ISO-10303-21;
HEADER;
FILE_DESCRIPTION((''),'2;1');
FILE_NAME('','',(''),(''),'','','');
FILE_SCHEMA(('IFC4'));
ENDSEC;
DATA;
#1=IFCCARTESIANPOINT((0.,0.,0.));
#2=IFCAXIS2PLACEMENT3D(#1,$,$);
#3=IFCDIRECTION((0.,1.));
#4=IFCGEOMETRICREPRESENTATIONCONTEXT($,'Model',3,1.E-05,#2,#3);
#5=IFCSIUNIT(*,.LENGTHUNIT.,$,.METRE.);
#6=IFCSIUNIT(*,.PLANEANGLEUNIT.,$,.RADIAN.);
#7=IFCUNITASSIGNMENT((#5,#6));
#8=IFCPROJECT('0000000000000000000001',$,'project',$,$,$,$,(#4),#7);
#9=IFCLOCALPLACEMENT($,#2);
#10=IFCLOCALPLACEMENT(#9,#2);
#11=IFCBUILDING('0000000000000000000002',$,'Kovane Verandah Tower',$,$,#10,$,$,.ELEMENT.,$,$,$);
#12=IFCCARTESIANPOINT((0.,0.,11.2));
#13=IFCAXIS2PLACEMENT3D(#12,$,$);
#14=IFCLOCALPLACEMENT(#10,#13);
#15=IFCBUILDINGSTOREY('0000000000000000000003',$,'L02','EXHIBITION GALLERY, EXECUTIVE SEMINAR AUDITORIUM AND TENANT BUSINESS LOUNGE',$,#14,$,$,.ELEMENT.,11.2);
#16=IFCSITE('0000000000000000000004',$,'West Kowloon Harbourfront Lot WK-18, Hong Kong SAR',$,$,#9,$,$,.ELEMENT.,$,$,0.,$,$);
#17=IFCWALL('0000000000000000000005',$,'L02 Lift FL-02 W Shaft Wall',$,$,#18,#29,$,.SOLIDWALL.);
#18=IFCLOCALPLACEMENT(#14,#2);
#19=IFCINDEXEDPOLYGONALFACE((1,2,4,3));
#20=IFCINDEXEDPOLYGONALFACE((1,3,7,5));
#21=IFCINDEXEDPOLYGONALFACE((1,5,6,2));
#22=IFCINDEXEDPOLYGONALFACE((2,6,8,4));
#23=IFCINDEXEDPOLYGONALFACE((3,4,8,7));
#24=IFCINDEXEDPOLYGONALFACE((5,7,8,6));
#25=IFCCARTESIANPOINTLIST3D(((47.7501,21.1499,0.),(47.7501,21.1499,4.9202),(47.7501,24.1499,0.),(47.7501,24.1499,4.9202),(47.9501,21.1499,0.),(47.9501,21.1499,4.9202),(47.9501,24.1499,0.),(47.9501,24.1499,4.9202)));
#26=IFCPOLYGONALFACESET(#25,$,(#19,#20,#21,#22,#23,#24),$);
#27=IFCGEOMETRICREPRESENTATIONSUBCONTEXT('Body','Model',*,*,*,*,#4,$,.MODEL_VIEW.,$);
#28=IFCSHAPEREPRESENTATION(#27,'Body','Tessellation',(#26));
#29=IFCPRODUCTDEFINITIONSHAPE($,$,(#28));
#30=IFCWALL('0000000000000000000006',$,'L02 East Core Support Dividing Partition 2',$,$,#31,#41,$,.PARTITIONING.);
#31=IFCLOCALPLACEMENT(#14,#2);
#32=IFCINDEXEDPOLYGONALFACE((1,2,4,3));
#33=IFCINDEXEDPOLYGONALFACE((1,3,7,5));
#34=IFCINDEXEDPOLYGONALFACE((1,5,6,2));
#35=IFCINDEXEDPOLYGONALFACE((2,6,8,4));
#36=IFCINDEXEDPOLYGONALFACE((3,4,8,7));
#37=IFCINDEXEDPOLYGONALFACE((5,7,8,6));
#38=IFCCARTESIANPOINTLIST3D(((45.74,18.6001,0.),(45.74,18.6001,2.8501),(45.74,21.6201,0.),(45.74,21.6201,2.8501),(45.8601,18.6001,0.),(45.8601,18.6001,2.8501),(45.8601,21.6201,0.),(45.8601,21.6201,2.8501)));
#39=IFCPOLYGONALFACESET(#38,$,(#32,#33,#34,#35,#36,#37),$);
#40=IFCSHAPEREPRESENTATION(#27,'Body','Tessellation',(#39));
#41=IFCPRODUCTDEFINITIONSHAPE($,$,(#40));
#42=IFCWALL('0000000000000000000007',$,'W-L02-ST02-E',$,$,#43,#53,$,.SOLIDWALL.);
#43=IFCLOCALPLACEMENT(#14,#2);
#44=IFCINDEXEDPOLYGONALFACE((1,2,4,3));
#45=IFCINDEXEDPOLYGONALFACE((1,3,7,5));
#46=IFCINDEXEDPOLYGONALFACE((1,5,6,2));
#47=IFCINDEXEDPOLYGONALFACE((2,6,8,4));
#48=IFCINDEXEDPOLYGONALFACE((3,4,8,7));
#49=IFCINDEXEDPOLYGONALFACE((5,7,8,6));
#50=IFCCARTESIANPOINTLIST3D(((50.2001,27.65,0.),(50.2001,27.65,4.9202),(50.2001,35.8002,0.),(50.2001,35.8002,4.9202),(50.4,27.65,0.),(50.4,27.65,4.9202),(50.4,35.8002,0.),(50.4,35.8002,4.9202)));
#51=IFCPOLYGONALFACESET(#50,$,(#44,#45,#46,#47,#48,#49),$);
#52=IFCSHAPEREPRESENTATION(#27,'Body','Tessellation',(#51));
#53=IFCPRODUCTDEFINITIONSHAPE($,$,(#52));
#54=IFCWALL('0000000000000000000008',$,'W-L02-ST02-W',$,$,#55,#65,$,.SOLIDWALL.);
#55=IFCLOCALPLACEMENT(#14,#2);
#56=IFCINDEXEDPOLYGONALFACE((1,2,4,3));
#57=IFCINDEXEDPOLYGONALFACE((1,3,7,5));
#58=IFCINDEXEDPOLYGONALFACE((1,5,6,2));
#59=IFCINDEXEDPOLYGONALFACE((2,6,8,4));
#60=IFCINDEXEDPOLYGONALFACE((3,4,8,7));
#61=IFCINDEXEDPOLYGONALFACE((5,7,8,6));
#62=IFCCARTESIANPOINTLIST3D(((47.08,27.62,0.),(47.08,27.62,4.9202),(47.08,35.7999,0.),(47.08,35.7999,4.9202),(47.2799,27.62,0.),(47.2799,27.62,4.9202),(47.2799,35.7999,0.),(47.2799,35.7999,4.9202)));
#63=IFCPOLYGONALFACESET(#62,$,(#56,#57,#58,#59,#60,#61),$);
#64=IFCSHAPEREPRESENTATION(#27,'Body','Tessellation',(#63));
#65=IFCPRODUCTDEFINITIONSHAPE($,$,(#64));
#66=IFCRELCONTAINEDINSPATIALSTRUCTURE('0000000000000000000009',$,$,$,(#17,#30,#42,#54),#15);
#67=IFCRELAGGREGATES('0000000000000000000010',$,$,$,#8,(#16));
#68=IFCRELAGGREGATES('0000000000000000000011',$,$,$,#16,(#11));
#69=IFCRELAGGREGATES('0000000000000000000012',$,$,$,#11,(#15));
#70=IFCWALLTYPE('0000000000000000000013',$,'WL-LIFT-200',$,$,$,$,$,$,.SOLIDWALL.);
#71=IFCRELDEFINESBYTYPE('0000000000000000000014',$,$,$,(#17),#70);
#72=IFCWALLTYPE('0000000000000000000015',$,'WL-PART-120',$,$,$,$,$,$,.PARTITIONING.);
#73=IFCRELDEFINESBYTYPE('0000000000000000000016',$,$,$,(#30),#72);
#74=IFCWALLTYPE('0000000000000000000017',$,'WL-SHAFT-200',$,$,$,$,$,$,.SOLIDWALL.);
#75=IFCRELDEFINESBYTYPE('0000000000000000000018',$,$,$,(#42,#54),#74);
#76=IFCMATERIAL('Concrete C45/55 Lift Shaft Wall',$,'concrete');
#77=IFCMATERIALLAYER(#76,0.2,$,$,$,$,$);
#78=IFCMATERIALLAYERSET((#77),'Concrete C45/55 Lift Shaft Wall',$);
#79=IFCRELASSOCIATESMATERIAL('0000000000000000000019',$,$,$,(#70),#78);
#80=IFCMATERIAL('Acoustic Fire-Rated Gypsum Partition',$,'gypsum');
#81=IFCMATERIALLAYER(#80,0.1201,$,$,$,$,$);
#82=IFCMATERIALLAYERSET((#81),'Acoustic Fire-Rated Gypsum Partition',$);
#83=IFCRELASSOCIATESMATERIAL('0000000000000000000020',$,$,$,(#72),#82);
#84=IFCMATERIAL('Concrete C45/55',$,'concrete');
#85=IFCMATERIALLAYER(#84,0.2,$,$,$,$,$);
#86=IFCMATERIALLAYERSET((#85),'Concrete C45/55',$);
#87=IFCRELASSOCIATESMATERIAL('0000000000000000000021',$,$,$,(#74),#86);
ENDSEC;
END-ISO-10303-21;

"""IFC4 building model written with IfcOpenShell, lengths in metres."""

from ifc_helpers import new_model, si_unit, direction, frame, frame_2d, origin, place, context, subcontext, project, spatial, rectangle, extrude, material, layer, layer_set, type_object, element, save


model = new_model("IFC4")

# Units and contexts
model_context = context("Model", 3, precision=1e-05, world=origin(), true_north=direction((0.0, 1.0)))
body_context = subcontext(model_context, "Body", "Model", "MODEL_VIEW")
ifc_project = project(units=[si_unit("LENGTHUNIT", "METRE"), si_unit("PLANEANGLEUNIT", "RADIAN")], contexts=[model_context])

# Site, building, storey
site_placement = place(None, origin())
site = spatial("IfcSite", under=ifc_project, at=site_placement, Name="West Kowloon Harbourfront Lot WK-18, Hong Kong SAR", CompositionType="ELEMENT", RefElevation=0.0)
building_placement = place(site_placement, origin())
building = spatial("IfcBuilding", under=site, at=building_placement, Name="Kovane Verandah Tower", CompositionType="ELEMENT")
storey_placement = place(building_placement, frame((0.0, 0.0, 11.2)))
storey = spatial("IfcBuildingStorey", under=building, at=storey_placement, Name="L02", Description="EXHIBITION GALLERY, EXECUTIVE SEMINAR AUDITORIUM AND TENANT BUSINESS LOUNGE", CompositionType="ELEMENT", Elevation=11.2)

# Shared definitions
ifc_material_1 = material(Name="Concrete C45/55 Lift Shaft Wall", Category="concrete")
ifc_layer_1 = layer(ifc_material_1, 0.2)
ifc_layer_set_1 = layer_set([ifc_layer_1], Name="Concrete C45/55 Lift Shaft Wall")
wall_type_1 = type_object("IfcWallType", Name="WL-LIFT-200", PredefinedType="SOLIDWALL", material=ifc_layer_set_1)

# Walls
wall_1_placement = place(storey_placement, frame((47.8501, 24.1499, 0.0), z_axis=(0.0, 0.0, 1.0), x_axis=(0.0, -1.0, 0.0)))
element("IfcWall", 1, at=wall_1_placement, inside=storey, type_object=wall_type_1, Name="L02 Lift FL-02 W Shaft Wall", PredefinedType="SOLIDWALL", context=body_context, shape_type="SweptSolid", body=[
    extrude(rectangle(XDim=3.0, YDim=0.2, at=frame_2d((1.5, 0.0))), origin(), (0.0, 0.0, 1.0), 4.9202),
])
ifc_material_2 = material(Name="Acoustic Fire-Rated Gypsum Partition", Category="gypsum")
ifc_layer_2 = layer(ifc_material_2, 0.1201)
ifc_layer_set_2 = layer_set([ifc_layer_2], Name="Acoustic Fire-Rated Gypsum Partition")
wall_type_2 = type_object("IfcWallType", Name="WL-PART-120", PredefinedType="PARTITIONING", material=ifc_layer_set_2)
wall_2_placement = place(storey_placement, frame((45.8, 18.6001, 0.0), z_axis=(0.0, 0.0, 1.0), x_axis=(0.0, 1.0, 0.0)))
element("IfcWall", 2, at=wall_2_placement, inside=storey, type_object=wall_type_2, Name="L02 East Core Support Dividing Partition 2", PredefinedType="PARTITIONING", context=body_context, shape_type="SweptSolid", body=[
    extrude(rectangle(XDim=3.02, YDim=0.1201, at=frame_2d((1.51, 0.0))), origin(), (0.0, 0.0, 1.0), 2.8501),
])
ifc_material_3 = material(Name="Concrete C45/55", Category="concrete")
ifc_layer_3 = layer(ifc_material_3, 0.2)
ifc_layer_set_3 = layer_set([ifc_layer_3], Name="Concrete C45/55")
wall_type_3 = type_object("IfcWallType", Name="WL-SHAFT-200", PredefinedType="SOLIDWALL", material=ifc_layer_set_3)
wall_3_placement = place(storey_placement, frame((50.3, 27.6499, 0.0), z_axis=(0.0, 0.0, 1.0), x_axis=(0.0, 1.0, 0.0)))
element("IfcWall", 3, at=wall_3_placement, inside=storey, type_object=wall_type_3, Name="W-L02-ST02-E", PredefinedType="SOLIDWALL", context=body_context, shape_type="SweptSolid", body=[
    extrude(rectangle(XDim=8.1501, YDim=0.2, at=frame_2d((4.0752, 0.0))), origin(), (0.0, 0.0, 1.0), 4.9202),
])
wall_4_placement = place(storey_placement, frame((47.1799, 27.6201, 0.0), z_axis=(0.0, 0.0, 1.0), x_axis=(0.0, 1.0, 0.0)))
element("IfcWall", 4, at=wall_4_placement, inside=storey, type_object=wall_type_3, Name="W-L02-ST02-W", PredefinedType="SOLIDWALL", context=body_context, shape_type="SweptSolid", body=[
    extrude(rectangle(XDim=8.1799, YDim=0.2, at=frame_2d((4.0898, 0.0))), origin(), (0.0, 0.0, 1.0), 4.9202),
])

save(model, "model.ifc")
